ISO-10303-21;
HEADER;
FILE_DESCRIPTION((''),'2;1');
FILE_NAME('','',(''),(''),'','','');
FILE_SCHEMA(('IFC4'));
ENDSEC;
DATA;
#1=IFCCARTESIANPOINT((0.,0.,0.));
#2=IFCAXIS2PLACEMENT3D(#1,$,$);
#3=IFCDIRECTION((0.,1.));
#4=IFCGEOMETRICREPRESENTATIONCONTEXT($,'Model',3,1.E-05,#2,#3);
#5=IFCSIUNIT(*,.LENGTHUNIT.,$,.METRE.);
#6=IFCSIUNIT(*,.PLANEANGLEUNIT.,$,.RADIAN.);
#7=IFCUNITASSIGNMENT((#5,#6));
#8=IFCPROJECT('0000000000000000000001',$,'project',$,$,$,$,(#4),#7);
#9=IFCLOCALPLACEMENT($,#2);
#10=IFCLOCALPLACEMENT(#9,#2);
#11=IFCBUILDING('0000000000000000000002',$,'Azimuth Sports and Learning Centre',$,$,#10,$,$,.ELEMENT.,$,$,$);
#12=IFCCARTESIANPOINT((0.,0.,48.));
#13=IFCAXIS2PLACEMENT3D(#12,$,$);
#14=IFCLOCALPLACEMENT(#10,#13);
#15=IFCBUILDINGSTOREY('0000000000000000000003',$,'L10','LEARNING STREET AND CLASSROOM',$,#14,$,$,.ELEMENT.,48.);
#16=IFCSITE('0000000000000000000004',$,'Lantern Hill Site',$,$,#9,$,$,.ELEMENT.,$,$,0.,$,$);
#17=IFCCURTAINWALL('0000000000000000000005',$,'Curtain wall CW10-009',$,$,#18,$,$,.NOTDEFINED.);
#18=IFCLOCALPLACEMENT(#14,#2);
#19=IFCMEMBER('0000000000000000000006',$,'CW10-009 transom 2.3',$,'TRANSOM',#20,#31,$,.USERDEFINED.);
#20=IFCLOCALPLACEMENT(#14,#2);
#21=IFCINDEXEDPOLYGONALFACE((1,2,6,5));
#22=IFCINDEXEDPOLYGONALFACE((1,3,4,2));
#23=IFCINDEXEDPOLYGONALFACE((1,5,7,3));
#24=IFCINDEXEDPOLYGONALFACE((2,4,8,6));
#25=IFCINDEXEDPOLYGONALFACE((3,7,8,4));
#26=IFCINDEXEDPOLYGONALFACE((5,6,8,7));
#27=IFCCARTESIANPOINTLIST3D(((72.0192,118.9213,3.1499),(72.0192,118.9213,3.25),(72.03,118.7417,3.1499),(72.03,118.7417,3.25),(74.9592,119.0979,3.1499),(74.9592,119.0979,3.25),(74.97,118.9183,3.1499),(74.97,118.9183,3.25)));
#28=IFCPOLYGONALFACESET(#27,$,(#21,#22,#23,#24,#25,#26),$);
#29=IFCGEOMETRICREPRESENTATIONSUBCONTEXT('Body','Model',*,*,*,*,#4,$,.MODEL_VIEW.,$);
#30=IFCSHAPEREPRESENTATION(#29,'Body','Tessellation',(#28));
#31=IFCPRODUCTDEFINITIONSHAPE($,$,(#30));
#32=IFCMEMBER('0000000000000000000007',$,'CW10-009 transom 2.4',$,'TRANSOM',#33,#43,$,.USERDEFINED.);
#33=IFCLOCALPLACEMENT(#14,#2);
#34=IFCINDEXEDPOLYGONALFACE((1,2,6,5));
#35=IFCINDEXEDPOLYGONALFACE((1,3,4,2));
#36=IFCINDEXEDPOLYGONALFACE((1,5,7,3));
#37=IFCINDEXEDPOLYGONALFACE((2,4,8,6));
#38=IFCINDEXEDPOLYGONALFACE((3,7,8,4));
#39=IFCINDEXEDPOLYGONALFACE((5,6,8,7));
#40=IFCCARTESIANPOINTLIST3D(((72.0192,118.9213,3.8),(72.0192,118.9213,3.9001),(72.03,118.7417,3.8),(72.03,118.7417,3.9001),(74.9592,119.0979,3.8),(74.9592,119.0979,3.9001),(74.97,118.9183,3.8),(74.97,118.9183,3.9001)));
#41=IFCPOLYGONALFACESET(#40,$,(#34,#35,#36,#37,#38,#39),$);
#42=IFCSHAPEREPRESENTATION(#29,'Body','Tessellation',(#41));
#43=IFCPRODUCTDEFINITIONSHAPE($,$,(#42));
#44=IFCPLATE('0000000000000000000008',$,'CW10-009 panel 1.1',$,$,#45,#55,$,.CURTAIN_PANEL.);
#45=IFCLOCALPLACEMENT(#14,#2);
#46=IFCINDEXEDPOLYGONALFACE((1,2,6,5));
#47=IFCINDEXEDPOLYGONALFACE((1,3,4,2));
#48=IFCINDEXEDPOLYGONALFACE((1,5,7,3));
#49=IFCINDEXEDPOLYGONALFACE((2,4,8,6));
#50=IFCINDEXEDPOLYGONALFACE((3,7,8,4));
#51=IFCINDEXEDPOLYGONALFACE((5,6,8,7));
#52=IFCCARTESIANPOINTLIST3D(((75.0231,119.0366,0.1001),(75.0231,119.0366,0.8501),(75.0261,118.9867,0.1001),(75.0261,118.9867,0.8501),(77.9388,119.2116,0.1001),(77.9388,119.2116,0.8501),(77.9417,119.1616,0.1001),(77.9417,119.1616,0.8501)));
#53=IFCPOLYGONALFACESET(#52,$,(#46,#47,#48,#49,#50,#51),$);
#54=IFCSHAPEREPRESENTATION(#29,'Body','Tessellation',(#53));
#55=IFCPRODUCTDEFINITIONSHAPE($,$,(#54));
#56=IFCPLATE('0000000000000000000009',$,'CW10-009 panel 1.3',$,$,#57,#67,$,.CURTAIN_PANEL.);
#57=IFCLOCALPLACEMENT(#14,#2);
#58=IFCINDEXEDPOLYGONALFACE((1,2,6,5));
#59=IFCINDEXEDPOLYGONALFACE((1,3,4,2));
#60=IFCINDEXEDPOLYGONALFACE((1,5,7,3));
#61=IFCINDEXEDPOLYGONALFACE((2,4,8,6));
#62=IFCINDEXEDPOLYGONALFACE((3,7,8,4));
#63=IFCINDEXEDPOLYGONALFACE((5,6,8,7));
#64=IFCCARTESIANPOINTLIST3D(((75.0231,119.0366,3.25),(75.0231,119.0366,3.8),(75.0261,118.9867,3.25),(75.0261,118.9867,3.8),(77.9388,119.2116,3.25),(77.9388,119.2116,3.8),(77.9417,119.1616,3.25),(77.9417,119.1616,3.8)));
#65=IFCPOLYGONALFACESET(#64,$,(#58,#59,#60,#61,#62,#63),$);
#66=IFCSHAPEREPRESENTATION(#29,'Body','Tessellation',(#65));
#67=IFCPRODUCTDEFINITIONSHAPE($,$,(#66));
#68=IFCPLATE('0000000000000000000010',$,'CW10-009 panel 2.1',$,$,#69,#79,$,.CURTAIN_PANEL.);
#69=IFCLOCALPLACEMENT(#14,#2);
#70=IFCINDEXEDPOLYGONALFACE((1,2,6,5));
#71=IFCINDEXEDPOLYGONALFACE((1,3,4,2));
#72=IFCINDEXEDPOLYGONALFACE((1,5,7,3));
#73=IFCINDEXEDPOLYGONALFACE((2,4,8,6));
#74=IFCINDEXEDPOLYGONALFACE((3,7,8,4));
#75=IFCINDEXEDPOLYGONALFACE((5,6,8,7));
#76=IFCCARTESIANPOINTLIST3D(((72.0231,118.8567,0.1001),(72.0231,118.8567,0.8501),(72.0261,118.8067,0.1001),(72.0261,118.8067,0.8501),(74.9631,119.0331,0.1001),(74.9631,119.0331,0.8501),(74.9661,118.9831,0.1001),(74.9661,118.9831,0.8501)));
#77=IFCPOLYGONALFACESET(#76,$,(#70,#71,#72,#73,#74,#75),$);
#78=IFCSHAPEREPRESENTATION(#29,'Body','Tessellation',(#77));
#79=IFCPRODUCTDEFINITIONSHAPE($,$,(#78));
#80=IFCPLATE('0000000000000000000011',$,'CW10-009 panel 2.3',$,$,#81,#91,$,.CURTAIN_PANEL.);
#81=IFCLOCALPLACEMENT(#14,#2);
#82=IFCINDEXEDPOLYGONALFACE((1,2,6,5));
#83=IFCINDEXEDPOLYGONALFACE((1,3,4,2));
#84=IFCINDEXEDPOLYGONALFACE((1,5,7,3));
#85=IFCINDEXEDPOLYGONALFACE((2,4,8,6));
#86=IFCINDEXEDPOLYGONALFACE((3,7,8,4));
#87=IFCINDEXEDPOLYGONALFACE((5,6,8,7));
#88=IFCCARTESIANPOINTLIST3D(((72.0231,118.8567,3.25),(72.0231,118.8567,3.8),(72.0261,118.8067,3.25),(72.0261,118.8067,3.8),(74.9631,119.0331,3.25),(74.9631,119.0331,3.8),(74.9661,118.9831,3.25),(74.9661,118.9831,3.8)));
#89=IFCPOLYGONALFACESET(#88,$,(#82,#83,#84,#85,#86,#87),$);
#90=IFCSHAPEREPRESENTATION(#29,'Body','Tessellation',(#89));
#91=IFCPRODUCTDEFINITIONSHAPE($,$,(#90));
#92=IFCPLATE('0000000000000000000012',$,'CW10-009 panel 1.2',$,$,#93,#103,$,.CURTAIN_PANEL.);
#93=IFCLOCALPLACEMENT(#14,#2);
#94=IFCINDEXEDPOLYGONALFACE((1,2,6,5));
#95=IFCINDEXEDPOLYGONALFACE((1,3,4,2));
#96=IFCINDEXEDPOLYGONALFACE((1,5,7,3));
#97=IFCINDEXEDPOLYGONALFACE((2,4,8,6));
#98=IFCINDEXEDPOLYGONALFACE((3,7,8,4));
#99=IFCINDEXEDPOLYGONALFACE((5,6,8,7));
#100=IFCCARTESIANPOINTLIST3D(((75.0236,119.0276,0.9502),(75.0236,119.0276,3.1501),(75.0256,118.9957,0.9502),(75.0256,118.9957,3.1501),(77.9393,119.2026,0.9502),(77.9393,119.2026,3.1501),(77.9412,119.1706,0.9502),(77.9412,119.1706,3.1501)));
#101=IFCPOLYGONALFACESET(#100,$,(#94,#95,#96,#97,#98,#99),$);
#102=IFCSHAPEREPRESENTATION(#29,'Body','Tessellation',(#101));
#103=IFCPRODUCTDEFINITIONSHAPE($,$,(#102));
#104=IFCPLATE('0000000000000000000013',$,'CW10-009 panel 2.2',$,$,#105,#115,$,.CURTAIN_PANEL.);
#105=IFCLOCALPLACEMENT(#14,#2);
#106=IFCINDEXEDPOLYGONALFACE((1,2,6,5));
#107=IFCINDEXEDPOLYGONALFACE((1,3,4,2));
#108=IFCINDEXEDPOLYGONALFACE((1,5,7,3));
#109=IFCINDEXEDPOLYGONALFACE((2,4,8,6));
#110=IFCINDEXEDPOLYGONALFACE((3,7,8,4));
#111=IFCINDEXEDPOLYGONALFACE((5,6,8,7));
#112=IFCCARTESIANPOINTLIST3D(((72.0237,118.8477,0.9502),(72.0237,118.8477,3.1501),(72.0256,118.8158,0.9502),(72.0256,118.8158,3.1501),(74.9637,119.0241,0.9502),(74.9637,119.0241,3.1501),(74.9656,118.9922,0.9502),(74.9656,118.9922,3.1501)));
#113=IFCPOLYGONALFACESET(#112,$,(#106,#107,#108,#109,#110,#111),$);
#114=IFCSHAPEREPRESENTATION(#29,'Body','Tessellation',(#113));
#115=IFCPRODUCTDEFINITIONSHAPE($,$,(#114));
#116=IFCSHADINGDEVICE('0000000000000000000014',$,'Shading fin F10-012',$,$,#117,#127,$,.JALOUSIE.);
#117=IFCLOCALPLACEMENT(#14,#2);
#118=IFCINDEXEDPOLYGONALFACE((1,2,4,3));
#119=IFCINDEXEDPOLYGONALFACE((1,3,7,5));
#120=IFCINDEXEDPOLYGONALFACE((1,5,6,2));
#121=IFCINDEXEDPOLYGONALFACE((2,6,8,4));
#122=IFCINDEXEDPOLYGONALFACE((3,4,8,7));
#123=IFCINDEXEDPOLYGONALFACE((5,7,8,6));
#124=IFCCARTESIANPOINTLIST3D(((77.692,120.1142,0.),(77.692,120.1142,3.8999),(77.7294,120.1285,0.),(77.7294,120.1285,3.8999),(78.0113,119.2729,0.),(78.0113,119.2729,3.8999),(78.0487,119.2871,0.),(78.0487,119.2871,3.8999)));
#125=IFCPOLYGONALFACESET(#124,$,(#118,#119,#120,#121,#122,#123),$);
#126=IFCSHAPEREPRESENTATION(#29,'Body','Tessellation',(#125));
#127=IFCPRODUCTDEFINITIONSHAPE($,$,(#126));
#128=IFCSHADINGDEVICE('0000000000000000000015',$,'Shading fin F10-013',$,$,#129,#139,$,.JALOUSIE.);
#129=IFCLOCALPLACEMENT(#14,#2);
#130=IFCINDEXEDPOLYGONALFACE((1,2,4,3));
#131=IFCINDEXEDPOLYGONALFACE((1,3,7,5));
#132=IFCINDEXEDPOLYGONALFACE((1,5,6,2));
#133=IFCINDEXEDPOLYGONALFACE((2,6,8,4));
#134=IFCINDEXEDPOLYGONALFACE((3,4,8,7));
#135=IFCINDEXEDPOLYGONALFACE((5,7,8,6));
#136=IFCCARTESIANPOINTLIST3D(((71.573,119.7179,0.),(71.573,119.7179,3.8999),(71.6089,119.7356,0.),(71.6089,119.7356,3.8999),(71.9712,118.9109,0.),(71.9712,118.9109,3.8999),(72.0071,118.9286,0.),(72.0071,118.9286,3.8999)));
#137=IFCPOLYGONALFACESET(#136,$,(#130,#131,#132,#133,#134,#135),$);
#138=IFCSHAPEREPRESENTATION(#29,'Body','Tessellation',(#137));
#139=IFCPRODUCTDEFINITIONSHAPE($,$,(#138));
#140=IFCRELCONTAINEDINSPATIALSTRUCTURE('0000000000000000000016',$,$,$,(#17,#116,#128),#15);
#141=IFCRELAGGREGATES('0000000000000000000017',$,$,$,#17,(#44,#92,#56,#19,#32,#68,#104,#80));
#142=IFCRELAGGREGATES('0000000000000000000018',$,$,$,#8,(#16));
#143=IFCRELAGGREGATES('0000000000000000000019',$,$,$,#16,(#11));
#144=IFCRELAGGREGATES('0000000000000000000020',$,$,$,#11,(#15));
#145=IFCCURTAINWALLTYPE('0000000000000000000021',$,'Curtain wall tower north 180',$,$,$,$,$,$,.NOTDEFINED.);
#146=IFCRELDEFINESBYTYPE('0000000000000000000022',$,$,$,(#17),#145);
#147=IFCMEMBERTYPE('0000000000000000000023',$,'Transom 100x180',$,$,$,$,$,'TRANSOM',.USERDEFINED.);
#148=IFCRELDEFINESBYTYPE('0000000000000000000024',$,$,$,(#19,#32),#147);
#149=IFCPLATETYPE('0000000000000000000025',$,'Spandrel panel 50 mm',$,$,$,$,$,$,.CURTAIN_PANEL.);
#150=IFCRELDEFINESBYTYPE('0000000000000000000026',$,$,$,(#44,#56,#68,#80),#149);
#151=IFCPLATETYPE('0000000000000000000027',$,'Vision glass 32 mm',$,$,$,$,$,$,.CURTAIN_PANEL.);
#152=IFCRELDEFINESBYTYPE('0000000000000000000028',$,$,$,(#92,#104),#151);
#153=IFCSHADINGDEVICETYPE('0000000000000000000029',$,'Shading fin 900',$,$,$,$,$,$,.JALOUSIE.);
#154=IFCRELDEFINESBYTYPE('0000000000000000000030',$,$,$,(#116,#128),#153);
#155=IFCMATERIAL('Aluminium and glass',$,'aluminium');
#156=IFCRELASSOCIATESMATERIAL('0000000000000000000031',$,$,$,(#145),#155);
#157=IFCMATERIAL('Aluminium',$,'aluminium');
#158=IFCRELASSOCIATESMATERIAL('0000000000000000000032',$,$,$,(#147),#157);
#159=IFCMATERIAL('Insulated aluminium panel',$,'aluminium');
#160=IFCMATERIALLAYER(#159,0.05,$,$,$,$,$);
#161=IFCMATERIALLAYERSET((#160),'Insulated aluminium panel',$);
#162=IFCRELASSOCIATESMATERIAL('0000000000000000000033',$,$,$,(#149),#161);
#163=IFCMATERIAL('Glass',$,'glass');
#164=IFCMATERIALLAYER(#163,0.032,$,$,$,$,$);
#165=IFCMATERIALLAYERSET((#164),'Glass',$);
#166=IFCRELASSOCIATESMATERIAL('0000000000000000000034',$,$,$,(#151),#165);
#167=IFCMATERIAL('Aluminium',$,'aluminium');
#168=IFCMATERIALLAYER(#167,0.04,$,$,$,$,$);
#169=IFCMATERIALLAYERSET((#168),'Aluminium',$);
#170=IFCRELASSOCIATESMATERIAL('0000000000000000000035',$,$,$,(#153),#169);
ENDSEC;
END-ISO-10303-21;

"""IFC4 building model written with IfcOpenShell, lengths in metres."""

from ifc_helpers import new_model, si_unit, direction, frame, origin, origin_2d, place, context, subcontext, project, spatial, rectangle, extrude, material, layer, layer_set, material_profile, profile_set, type_object, element, aggregate, save


model = new_model("IFC4")

# Units and contexts
model_context = context("Model", 3, precision=1e-05, world=origin(), true_north=direction((0.0, 1.0)))
body_context = subcontext(model_context, "Body", "Model", "MODEL_VIEW")
ifc_project = project(units=[si_unit("LENGTHUNIT", "METRE"), si_unit("PLANEANGLEUNIT", "RADIAN")], contexts=[model_context])

# Site, building, storey
site_placement = place(None, origin())
site = spatial("IfcSite", under=ifc_project, at=site_placement, Name="Lantern Hill Site", CompositionType="ELEMENT", RefElevation=0.0)
building_placement = place(site_placement, origin())
building = spatial("IfcBuilding", under=site, at=building_placement, Name="Azimuth Sports and Learning Centre", CompositionType="ELEMENT")
storey_placement = place(building_placement, frame((0.0, 0.0, 48.0)))
storey = spatial("IfcBuildingStorey", under=building, at=storey_placement, Name="L10", Description="LEARNING STREET AND CLASSROOM", CompositionType="ELEMENT", Elevation=48.0)

# Shared definitions
ifc_material_1 = material(Name="Aluminium and glass", Category="aluminium")
curtain_wall_type = type_object("IfcCurtainWallType", Name="Curtain wall tower north 180", PredefinedType="NOTDEFINED", material=ifc_material_1)

# Curtain wall, members, plates
curtain_wall_1_placement = place(storey_placement, origin())
curtain_wall_1 = element("IfcCurtainWall", 1, at=curtain_wall_1_placement, inside=storey, type_object=curtain_wall_type, Name="Curtain wall CW10-009", PredefinedType="NOTDEFINED")
ifc_material_2 = material(Name="Aluminium", Category="aluminium")
ifc_material_profile_1 = material_profile(ifc_material_2, rectangle(XDim=0.1799, YDim=0.1001, at=origin_2d()), Name="Transom 100x180")
ifc_profile_set_1 = profile_set([ifc_material_profile_1], Name="Aluminium")
member_type_1 = type_object("IfcMemberType", Name="Transom 100x180", ElementType="TRANSOM", PredefinedType="USERDEFINED", material=ifc_profile_set_1)
member_1_placement = place(storey_placement, frame((74.9646, 119.0081, 3.2), z_axis=(-0.998202, -0.059932, 0.0), x_axis=(0.059932, -0.998202, 0.0)))
member_1 = element("IfcMember", 2, at=member_1_placement, type_object=member_type_1, Name="CW10-009 transom 2.3", ObjectType="TRANSOM", PredefinedType="USERDEFINED", context=body_context, shape_type="SweptSolid", body=[
    extrude(rectangle(XDim=0.1799, YDim=0.1001, at=origin_2d()), origin(), (0.0, 0.0, 1.0), 2.9453),
])
member_2_placement = place(storey_placement, frame((74.9646, 119.0081, 3.8501), z_axis=(-0.998202, -0.059932, 0.0), x_axis=(0.059932, -0.998202, 0.0)))
member_2 = element("IfcMember", 3, at=member_2_placement, type_object=member_type_1, Name="CW10-009 transom 2.4", ObjectType="TRANSOM", PredefinedType="USERDEFINED", context=body_context, shape_type="SweptSolid", body=[
    extrude(rectangle(XDim=0.1799, YDim=0.1001, at=origin_2d()), origin(), (0.0, 0.0, 1.0), 2.9453),
])
ifc_material_3 = material(Name="Insulated aluminium panel", Category="aluminium")
ifc_layer_1 = layer(ifc_material_3, 0.05)
ifc_layer_set_1 = layer_set([ifc_layer_1], Name="Insulated aluminium panel")
plate_type_1 = type_object("IfcPlateType", Name="Spandrel panel 50 mm", PredefinedType="CURTAIN_PANEL", material=ifc_layer_set_1)
plate_1_placement = place(storey_placement, frame((76.4824, 119.0991, 0.1001), z_axis=(0.0, 0.0, 1.0), x_axis=(-0.998205, -0.059892, 0.0)))
plate_1 = element("IfcPlate", 4, at=plate_1_placement, type_object=plate_type_1, Name="CW10-009 panel 1.1", PredefinedType="CURTAIN_PANEL", context=body_context, shape_type="SweptSolid", body=[
    extrude(rectangle(XDim=2.9209, YDim=0.05, at=origin_2d()), origin(), (0.0, 0.0, 1.0), 0.75),
])
plate_2_placement = place(storey_placement, frame((76.4824, 119.0991, 3.25), z_axis=(0.0, 0.0, 1.0), x_axis=(-0.998205, -0.059892, 0.0)))
plate_2 = element("IfcPlate", 5, at=plate_2_placement, type_object=plate_type_1, Name="CW10-009 panel 1.3", PredefinedType="CURTAIN_PANEL", context=body_context, shape_type="SweptSolid", body=[
    extrude(rectangle(XDim=2.9209, YDim=0.05, at=origin_2d()), origin(), (0.0, 0.0, 1.0), 0.55),
])
plate_3_placement = place(storey_placement, frame((73.4946, 118.9199, 0.1001), z_axis=(0.0, 0.0, 1.0), x_axis=(-0.998205, -0.059892, 0.0)))
plate_3 = element("IfcPlate", 6, at=plate_3_placement, type_object=plate_type_1, Name="CW10-009 panel 2.1", PredefinedType="CURTAIN_PANEL", context=body_context, shape_type="SweptSolid", body=[
    extrude(rectangle(XDim=2.9453, YDim=0.05, at=origin_2d()), origin(), (0.0, 0.0, 1.0), 0.75),
])
plate_4_placement = place(storey_placement, frame((73.4946, 118.9199, 3.25), z_axis=(0.0, 0.0, 1.0), x_axis=(-0.998205, -0.059892, 0.0)))
plate_4 = element("IfcPlate", 7, at=plate_4_placement, type_object=plate_type_1, Name="CW10-009 panel 2.3", PredefinedType="CURTAIN_PANEL", context=body_context, shape_type="SweptSolid", body=[
    extrude(rectangle(XDim=2.9453, YDim=0.05, at=origin_2d()), origin(), (0.0, 0.0, 1.0), 0.55),
])
ifc_material_4 = material(Name="Glass", Category="glass")
ifc_layer_2 = layer(ifc_material_4, 0.032)
ifc_layer_set_2 = layer_set([ifc_layer_2], Name="Glass")
plate_type_2 = type_object("IfcPlateType", Name="Vision glass 32 mm", PredefinedType="CURTAIN_PANEL", material=ifc_layer_set_2)
plate_5_placement = place(storey_placement, frame((76.4824, 119.0991, 0.9502), z_axis=(0.0, 0.0, 1.0), x_axis=(-0.998205, -0.059892, 0.0)))
plate_5 = element("IfcPlate", 8, at=plate_5_placement, type_object=plate_type_2, Name="CW10-009 panel 1.2", PredefinedType="CURTAIN_PANEL", context=body_context, shape_type="SweptSolid", body=[
    extrude(rectangle(XDim=2.9209, YDim=0.032, at=origin_2d()), origin(), (0.0, 0.0, 1.0), 2.2),
])
plate_6_placement = place(storey_placement, frame((73.4946, 118.9199, 0.9502), z_axis=(0.0, 0.0, 1.0), x_axis=(-0.998205, -0.059892, 0.0)))
plate_6 = element("IfcPlate", 9, at=plate_6_placement, type_object=plate_type_2, Name="CW10-009 panel 2.2", PredefinedType="CURTAIN_PANEL", context=body_context, shape_type="SweptSolid", body=[
    extrude(rectangle(XDim=2.9453, YDim=0.032, at=origin_2d()), origin(), (0.0, 0.0, 1.0), 2.2),
])
aggregate(curtain_wall_1, [plate_1, plate_5, plate_2, member_1, member_2, plate_3, plate_6, plate_4])

# Shading devices
ifc_material_5 = material(Name="Aluminium", Category="aluminium")
ifc_layer_3 = layer(ifc_material_5, 0.04)
ifc_layer_set_3 = layer_set([ifc_layer_3], Name="Aluminium")
shading_device_type = type_object("IfcShadingDeviceType", Name="Shading fin 900", PredefinedType="JALOUSIE", material=ifc_layer_set_3)
for number, where, z_axis, x_axis, name in (
    (10, (77.8704, 119.7007, 0.0), (0.0, 0.0, 1.0), (-0.354856, 0.934921, 0.0), "Shading fin F10-012"),
    (11, (71.79, 119.3232, 0.0), (0.0, 0.0, 1.0), (-0.442429, 0.896803, 0.0), "Shading fin F10-013"),
):
    element("IfcShadingDevice", number, at=place(storey_placement, frame(where, z_axis=z_axis, x_axis=x_axis)), inside=storey, type_object=shading_device_type, Name=name, PredefinedType="JALOUSIE", context=body_context, shape_type="SweptSolid", body=[
        extrude(rectangle(XDim=0.8999, YDim=0.04, at=origin_2d()), origin(), (0.0, 0.0, 1.0), 3.8999),
    ])

save(model, "model.ifc")
